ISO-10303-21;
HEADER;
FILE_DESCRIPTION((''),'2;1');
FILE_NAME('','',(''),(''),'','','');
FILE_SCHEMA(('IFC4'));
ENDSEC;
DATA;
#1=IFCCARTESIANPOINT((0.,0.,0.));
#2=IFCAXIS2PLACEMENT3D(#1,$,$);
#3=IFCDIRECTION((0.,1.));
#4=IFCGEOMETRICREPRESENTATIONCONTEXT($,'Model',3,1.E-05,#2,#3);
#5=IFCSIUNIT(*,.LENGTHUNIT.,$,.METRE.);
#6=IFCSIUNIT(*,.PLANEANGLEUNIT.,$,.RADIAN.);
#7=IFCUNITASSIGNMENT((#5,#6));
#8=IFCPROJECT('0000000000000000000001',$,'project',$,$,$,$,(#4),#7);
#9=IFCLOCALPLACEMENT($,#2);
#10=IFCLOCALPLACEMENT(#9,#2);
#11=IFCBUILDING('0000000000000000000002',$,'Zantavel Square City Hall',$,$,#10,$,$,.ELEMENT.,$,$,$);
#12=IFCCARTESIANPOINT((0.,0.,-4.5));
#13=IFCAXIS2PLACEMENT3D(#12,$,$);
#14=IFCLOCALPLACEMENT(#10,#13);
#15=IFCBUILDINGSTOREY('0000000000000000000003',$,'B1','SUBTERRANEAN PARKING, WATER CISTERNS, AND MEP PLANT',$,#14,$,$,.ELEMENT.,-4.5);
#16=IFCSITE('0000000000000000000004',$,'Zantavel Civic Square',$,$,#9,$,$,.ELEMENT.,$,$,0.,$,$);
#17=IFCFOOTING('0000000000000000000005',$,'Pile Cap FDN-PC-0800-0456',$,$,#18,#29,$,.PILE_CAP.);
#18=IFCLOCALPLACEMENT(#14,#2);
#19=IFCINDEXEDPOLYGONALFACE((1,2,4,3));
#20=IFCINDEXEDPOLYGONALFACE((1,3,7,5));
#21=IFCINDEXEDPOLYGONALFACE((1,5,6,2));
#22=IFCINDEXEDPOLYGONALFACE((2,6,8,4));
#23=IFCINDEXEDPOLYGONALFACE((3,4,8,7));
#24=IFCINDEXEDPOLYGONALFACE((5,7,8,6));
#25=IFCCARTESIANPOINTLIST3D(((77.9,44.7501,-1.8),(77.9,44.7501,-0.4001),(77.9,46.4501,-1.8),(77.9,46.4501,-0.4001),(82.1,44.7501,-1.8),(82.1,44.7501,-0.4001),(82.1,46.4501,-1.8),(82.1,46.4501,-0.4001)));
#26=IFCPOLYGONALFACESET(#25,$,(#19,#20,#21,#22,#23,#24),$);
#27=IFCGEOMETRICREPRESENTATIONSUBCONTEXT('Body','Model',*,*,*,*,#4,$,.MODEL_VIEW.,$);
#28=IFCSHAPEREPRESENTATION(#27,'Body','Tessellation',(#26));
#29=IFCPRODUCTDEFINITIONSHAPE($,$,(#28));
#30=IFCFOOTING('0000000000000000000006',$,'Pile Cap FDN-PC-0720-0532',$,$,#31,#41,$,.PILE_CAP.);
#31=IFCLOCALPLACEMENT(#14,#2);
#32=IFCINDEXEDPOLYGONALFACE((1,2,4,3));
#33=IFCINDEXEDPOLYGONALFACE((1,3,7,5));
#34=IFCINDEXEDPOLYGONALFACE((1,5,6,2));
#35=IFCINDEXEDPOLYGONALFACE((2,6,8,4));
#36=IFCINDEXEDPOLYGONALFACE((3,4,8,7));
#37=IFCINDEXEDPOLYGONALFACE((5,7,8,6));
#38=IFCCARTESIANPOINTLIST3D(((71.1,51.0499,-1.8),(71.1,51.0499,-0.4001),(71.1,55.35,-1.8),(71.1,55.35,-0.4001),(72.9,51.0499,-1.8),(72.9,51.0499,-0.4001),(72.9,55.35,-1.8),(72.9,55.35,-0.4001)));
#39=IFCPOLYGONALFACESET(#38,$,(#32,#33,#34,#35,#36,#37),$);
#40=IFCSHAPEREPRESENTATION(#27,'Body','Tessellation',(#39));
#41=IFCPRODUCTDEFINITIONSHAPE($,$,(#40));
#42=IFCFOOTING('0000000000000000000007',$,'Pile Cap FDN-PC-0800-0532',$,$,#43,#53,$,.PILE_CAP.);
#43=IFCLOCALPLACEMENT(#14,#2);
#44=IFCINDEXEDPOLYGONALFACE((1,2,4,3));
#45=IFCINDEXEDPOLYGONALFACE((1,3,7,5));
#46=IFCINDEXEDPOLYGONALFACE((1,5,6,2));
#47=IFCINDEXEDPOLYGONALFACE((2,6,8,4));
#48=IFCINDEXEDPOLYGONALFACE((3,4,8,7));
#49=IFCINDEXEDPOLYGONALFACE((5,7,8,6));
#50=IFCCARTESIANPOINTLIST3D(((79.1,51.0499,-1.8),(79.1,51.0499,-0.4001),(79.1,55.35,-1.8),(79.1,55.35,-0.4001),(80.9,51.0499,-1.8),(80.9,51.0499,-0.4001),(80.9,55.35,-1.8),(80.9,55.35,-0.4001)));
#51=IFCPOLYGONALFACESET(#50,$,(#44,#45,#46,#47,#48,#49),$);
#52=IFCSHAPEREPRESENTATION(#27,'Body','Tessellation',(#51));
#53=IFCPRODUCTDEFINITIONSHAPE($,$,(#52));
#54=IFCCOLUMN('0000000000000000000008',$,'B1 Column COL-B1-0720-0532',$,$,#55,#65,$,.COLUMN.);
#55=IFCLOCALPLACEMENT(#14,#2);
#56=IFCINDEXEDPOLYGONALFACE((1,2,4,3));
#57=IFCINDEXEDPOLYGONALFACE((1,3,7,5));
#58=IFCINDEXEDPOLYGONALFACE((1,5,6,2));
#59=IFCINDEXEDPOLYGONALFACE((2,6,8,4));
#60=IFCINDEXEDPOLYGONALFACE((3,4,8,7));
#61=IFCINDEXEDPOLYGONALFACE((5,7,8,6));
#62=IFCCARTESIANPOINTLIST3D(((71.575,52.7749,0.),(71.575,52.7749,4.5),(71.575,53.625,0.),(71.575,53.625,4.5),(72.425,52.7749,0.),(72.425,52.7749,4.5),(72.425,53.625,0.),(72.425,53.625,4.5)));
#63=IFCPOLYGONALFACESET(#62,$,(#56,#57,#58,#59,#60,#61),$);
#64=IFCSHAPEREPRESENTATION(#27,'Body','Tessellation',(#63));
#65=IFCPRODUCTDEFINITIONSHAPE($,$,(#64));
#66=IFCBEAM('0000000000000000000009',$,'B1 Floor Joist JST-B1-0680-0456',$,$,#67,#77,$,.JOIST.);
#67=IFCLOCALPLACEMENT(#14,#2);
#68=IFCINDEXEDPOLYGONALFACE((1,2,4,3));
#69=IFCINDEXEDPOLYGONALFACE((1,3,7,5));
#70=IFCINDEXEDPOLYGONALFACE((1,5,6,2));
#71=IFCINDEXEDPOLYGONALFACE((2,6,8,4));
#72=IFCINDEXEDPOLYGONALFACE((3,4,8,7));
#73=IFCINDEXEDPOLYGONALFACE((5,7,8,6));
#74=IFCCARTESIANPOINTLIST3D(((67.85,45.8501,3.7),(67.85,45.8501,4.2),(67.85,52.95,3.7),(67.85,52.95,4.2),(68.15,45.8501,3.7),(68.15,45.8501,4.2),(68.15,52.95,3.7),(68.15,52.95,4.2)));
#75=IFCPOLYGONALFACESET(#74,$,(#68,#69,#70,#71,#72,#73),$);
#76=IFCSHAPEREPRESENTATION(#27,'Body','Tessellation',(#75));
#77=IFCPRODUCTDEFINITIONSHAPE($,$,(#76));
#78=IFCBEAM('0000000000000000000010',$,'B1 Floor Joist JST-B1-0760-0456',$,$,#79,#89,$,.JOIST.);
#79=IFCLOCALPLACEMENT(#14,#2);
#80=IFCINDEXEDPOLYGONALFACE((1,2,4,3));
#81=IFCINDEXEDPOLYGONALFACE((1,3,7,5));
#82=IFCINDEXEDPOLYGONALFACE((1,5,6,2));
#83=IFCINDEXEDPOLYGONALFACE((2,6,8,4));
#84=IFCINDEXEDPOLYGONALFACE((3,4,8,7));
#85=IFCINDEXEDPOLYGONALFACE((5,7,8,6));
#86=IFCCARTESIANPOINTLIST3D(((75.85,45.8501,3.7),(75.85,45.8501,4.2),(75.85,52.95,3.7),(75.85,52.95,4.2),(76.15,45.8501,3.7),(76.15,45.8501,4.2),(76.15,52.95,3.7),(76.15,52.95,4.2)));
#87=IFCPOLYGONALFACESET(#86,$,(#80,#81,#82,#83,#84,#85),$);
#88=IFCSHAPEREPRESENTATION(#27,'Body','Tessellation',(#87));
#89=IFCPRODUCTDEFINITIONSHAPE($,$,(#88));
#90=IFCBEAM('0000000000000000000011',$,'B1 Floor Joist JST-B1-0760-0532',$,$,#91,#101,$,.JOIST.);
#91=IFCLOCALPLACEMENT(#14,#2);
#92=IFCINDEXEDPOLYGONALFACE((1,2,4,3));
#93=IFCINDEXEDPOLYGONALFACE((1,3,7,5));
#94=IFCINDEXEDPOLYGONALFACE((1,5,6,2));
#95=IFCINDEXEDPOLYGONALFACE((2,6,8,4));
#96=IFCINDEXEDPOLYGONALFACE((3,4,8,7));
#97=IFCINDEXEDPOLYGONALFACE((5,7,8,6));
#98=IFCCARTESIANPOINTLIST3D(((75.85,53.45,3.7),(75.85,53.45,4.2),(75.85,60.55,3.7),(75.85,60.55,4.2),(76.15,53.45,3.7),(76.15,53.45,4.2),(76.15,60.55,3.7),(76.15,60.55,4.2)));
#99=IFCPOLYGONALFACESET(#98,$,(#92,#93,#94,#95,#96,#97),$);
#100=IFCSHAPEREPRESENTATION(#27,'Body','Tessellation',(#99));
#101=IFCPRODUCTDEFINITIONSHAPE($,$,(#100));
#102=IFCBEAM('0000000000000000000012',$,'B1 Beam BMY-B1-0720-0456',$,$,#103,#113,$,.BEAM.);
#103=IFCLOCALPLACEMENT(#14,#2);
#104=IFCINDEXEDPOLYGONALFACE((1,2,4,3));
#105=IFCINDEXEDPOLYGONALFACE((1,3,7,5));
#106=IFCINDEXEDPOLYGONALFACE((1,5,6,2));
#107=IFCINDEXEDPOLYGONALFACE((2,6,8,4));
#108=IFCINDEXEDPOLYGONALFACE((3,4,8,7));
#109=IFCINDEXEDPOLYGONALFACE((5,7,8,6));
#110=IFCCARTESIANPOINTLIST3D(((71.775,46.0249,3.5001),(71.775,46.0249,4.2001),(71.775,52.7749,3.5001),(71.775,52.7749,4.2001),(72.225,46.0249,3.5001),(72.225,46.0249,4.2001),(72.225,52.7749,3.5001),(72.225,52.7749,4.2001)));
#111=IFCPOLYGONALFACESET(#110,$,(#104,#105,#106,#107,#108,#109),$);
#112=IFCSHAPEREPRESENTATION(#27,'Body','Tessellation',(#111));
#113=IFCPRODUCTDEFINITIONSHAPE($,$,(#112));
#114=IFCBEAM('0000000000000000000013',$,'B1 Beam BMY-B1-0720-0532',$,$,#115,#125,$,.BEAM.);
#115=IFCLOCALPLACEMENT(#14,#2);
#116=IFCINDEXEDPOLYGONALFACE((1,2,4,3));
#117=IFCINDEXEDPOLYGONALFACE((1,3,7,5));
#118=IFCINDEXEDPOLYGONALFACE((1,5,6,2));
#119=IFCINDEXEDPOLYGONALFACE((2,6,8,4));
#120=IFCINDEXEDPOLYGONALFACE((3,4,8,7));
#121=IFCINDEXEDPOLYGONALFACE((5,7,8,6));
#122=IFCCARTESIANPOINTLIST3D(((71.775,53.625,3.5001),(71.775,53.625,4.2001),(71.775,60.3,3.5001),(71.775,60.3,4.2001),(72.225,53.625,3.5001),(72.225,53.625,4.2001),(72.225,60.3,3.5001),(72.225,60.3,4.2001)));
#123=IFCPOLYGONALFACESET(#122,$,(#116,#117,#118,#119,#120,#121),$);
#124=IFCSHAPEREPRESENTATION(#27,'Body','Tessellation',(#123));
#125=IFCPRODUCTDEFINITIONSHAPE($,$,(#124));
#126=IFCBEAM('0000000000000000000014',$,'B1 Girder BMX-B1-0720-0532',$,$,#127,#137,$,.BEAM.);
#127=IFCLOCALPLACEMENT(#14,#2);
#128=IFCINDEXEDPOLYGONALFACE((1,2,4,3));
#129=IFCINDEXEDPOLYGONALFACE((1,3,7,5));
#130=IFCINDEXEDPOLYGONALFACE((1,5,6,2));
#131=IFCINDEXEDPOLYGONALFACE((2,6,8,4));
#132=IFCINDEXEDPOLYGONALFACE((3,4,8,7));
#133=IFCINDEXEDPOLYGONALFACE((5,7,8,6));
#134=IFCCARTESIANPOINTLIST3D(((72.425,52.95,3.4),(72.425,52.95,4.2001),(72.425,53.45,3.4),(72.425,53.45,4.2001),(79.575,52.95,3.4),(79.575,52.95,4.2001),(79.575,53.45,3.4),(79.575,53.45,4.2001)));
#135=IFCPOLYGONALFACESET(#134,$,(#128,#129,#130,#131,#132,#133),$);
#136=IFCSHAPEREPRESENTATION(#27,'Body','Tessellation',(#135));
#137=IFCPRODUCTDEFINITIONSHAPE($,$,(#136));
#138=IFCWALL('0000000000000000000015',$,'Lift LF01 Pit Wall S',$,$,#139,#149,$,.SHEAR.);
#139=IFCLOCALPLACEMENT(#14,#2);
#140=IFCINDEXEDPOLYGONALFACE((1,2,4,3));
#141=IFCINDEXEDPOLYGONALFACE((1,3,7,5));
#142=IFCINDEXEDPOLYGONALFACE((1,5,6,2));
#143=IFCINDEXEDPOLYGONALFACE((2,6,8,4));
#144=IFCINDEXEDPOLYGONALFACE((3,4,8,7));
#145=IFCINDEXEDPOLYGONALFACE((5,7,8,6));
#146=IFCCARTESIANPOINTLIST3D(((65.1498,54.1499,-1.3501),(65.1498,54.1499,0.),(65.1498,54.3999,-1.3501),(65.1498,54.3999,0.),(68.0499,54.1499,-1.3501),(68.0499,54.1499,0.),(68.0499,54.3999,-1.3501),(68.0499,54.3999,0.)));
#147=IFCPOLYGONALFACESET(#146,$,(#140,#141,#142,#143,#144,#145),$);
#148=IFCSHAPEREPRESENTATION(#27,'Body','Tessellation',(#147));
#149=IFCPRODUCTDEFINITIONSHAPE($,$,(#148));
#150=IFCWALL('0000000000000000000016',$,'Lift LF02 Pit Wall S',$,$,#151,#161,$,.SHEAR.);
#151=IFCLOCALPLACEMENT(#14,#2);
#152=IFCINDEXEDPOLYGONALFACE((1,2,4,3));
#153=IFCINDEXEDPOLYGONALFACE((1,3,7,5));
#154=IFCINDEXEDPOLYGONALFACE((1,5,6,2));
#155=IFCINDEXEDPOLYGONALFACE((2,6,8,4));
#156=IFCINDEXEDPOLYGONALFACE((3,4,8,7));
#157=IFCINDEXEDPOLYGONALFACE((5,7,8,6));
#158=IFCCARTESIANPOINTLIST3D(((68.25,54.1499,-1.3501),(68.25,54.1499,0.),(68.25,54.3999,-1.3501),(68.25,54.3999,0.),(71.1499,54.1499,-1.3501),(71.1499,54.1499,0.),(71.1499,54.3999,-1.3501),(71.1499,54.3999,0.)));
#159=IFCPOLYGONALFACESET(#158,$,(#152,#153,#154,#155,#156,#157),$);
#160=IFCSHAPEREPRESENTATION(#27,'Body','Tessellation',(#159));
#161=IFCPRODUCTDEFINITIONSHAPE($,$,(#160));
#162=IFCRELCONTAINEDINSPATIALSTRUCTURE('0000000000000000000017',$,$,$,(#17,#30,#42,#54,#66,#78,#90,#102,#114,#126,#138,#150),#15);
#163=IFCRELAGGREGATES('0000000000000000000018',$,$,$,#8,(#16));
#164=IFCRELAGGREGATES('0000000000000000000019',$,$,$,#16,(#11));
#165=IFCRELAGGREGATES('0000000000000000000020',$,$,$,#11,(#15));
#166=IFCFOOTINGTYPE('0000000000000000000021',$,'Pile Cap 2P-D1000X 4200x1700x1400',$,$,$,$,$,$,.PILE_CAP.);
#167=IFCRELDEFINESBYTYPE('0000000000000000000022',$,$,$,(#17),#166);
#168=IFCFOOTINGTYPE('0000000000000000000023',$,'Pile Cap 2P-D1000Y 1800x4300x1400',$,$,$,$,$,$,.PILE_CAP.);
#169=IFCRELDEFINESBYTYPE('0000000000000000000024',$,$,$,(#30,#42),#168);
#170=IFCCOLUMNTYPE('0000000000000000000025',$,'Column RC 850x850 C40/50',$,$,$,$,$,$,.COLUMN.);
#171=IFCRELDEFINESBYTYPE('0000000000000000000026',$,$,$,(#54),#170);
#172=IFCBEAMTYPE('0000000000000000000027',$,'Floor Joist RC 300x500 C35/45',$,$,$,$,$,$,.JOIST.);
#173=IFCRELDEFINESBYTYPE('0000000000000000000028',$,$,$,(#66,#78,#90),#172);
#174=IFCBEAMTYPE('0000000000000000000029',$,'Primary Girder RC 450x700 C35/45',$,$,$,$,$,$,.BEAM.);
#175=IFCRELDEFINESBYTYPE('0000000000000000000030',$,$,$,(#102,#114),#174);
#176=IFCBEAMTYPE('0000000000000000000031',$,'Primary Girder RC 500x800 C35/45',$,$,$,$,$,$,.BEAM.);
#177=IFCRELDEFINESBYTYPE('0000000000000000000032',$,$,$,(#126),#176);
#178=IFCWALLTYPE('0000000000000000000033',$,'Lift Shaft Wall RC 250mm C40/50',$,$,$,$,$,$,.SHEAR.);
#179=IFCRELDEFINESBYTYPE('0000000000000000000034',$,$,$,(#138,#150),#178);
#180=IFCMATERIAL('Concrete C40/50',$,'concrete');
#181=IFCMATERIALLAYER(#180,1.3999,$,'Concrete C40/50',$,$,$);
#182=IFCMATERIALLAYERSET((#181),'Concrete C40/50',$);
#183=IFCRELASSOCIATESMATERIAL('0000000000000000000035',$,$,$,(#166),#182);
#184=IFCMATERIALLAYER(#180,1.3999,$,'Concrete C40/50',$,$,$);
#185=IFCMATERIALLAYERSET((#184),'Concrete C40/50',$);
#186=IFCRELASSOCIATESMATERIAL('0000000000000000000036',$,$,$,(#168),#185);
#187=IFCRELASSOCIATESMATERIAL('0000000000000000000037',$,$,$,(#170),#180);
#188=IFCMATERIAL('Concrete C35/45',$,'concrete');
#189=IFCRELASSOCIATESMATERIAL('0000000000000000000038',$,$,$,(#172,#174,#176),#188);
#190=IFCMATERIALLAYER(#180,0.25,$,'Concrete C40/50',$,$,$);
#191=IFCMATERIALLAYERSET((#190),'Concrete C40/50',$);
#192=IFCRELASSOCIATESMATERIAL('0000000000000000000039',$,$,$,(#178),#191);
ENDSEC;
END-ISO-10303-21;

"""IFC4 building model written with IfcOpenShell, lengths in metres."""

from ifc_helpers import new_model, si_unit, direction, frame, frame_2d, origin, origin_2d, place, context, subcontext, project, spatial, rectangle, extrude, material, layer, layer_set, material_profile, profile_set, type_object, element, save


model = new_model("IFC4")

# Units and contexts
model_context = context("Model", 3, precision=1e-05, world=origin(), true_north=direction((0.0, 1.0)))
body_context = subcontext(model_context, "Body", "Model", "MODEL_VIEW")
ifc_project = project(units=[si_unit("LENGTHUNIT", "METRE"), si_unit("PLANEANGLEUNIT", "RADIAN")], contexts=[model_context])

# Site, building, storey
site_placement = place(None, origin())
site = spatial("IfcSite", under=ifc_project, at=site_placement, Name="Zantavel Civic Square", CompositionType="ELEMENT", RefElevation=0.0)
building_placement = place(site_placement, origin())
building = spatial("IfcBuilding", under=site, at=building_placement, Name="Zantavel Square City Hall", CompositionType="ELEMENT")
storey_placement = place(building_placement, frame((0.0, 0.0, -4.5)))
storey = spatial("IfcBuildingStorey", under=building, at=storey_placement, Name="B1", Description="SUBTERRANEAN PARKING, WATER CISTERNS, AND MEP PLANT", CompositionType="ELEMENT", Elevation=-4.5)

# Shared definitions
ifc_material_1 = material(Name="Concrete C35/45", Category="concrete")

# Footings
ifc_material_2 = material(Name="Concrete C40/50", Category="concrete")
ifc_layer_1 = layer(ifc_material_2, 1.3999, Name="Concrete C40/50")
ifc_layer_set_1 = layer_set([ifc_layer_1], Name="Concrete C40/50")
footing_type_1 = type_object("IfcFootingType", Name="Pile Cap 2P-D1000X 4200x1700x1400", PredefinedType="PILE_CAP", material=ifc_layer_set_1)
footing_1_placement = place(storey_placement, frame((80.0, 45.6001, -1.8), z_axis=(0.0, 0.0, 1.0), x_axis=(1.0, 0.0, 0.0)))
element("IfcFooting", 1, at=footing_1_placement, inside=storey, type_object=footing_type_1, Name="Pile Cap FDN-PC-0800-0456", PredefinedType="PILE_CAP", context=body_context, shape_type="SweptSolid", body=[
    extrude(rectangle(XDim=4.2, YDim=1.7, at=origin_2d()), origin(), (0.0, 0.0, 1.0), 1.3999),
])
ifc_layer_2 = layer(ifc_material_2, 1.3999, Name="Concrete C40/50")
ifc_layer_set_2 = layer_set([ifc_layer_2], Name="Concrete C40/50")
footing_type_2 = type_object("IfcFootingType", Name="Pile Cap 2P-D1000Y 1800x4300x1400", PredefinedType="PILE_CAP", material=ifc_layer_set_2)
for number, where, z_axis, x_axis, name in (
    (2, (72.0, 53.2, -1.8), (0.0, 0.0, 1.0), (1.0, 0.0, 0.0), "Pile Cap FDN-PC-0720-0532"),
    (3, (80.0, 53.2, -1.8), (0.0, 0.0, 1.0), (1.0, 0.0, 0.0), "Pile Cap FDN-PC-0800-0532"),
):
    element("IfcFooting", number, at=place(storey_placement, frame(where, z_axis=z_axis, x_axis=x_axis)), inside=storey, type_object=footing_type_2, Name=name, PredefinedType="PILE_CAP", context=body_context, shape_type="SweptSolid", body=[
        extrude(rectangle(XDim=1.8, YDim=4.3, at=origin_2d()), origin(), (0.0, 0.0, 1.0), 1.3999),
    ])

# Column
ifc_material_profile_1 = material_profile(ifc_material_2, rectangle(XDim=0.8501, YDim=0.8501, at=origin_2d()), Name="RC 850x850")
ifc_profile_set_1 = profile_set([ifc_material_profile_1], Name="Concrete C40/50")
column_type = type_object("IfcColumnType", Name="Column RC 850x850 C40/50", PredefinedType="COLUMN", material=ifc_profile_set_1)
column_placement = place(storey_placement, frame((72.0, 53.2, 0.0), z_axis=(0.0, 0.0, 1.0), x_axis=(1.0, 0.0, 0.0)))
element("IfcColumn", 4, at=column_placement, inside=storey, type_object=column_type, Name="B1 Column COL-B1-0720-0532", PredefinedType="COLUMN", context=body_context, shape_type="SweptSolid", body=[
    extrude(rectangle(XDim=0.8501, YDim=0.8501, at=origin_2d()), origin(), (0.0, 0.0, 1.0), 4.5),
])

# Beams
ifc_material_profile_2 = material_profile(ifc_material_1, rectangle(XDim=0.3, YDim=0.5, at=origin_2d()), Name="RC 300x500")
ifc_profile_set_2 = profile_set([ifc_material_profile_2], Name="Concrete C35/45")
beam_type_1 = type_object("IfcBeamType", Name="Floor Joist RC 300x500 C35/45", PredefinedType="JOIST", material=ifc_profile_set_2)
for number, where, z_axis, x_axis, name in (
    (5, (68.0, 45.8501, 3.95), (0.0, 1.0, 0.0), (-1.0, 0.0, 0.0), "B1 Floor Joist JST-B1-0680-0456"),
    (6, (76.0, 45.8501, 3.95), (0.0, 1.0, 0.0), (-1.0, 0.0, 0.0), "B1 Floor Joist JST-B1-0760-0456"),
):
    element("IfcBeam", number, at=place(storey_placement, frame(where, z_axis=z_axis, x_axis=x_axis)), inside=storey, type_object=beam_type_1, Name=name, PredefinedType="JOIST", context=body_context, shape_type="SweptSolid", body=[
        extrude(rectangle(XDim=0.3, YDim=0.5, at=origin_2d()), origin(), (0.0, 0.0, 1.0), 7.0999),
    ])
beam_1_placement = place(storey_placement, frame((76.0, 53.45, 3.95), z_axis=(0.0, 1.0, 0.0), x_axis=(-1.0, 0.0, 0.0)))
element("IfcBeam", 7, at=beam_1_placement, inside=storey, type_object=beam_type_1, Name="B1 Floor Joist JST-B1-0760-0532", PredefinedType="JOIST", context=body_context, shape_type="SweptSolid", body=[
    extrude(rectangle(XDim=0.3, YDim=0.5, at=origin_2d()), origin(), (0.0, 0.0, 1.0), 7.1001),
])
ifc_material_profile_3 = material_profile(ifc_material_1, rectangle(XDim=0.45, YDim=0.7, at=origin_2d()), Name="RC 450x700")
ifc_profile_set_3 = profile_set([ifc_material_profile_3], Name="Concrete C35/45")
beam_type_2 = type_object("IfcBeamType", Name="Primary Girder RC 450x700 C35/45", PredefinedType="BEAM", material=ifc_profile_set_3)
beam_2_placement = place(storey_placement, frame((72.0, 46.0249, 3.8501), z_axis=(0.0, 1.0, 0.0), x_axis=(-1.0, 0.0, 0.0)))
element("IfcBeam", 8, at=beam_2_placement, inside=storey, type_object=beam_type_2, Name="B1 Beam BMY-B1-0720-0456", PredefinedType="BEAM", context=body_context, shape_type="SweptSolid", body=[
    extrude(rectangle(XDim=0.45, YDim=0.7, at=origin_2d()), origin(), (0.0, 0.0, 1.0), 6.75),
])
beam_3_placement = place(storey_placement, frame((72.0, 53.625, 3.8501), z_axis=(0.0, 1.0, 0.0), x_axis=(-1.0, 0.0, 0.0)))
element("IfcBeam", 9, at=beam_3_placement, inside=storey, type_object=beam_type_2, Name="B1 Beam BMY-B1-0720-0532", PredefinedType="BEAM", context=body_context, shape_type="SweptSolid", body=[
    extrude(rectangle(XDim=0.45, YDim=0.7, at=origin_2d()), origin(), (0.0, 0.0, 1.0), 6.675),
])
ifc_material_profile_4 = material_profile(ifc_material_1, rectangle(XDim=0.5, YDim=0.8, at=origin_2d()), Name="RC 500x800")
ifc_profile_set_4 = profile_set([ifc_material_profile_4], Name="Concrete C35/45")
beam_type_3 = type_object("IfcBeamType", Name="Primary Girder RC 500x800 C35/45", PredefinedType="BEAM", material=ifc_profile_set_4)
beam_4_placement = place(storey_placement, frame((72.425, 53.2, 3.8), z_axis=(1.0, 0.0, 0.0), x_axis=(0.0, 1.0, 0.0)))
element("IfcBeam", 10, at=beam_4_placement, inside=storey, type_object=beam_type_3, Name="B1 Girder BMX-B1-0720-0532", PredefinedType="BEAM", context=body_context, shape_type="SweptSolid", body=[
    extrude(rectangle(XDim=0.5, YDim=0.8, at=origin_2d()), origin(), (0.0, 0.0, 1.0), 7.1499),
])

# Wall
ifc_layer_3 = layer(ifc_material_2, 0.25, Name="Concrete C40/50")
ifc_layer_set_3 = layer_set([ifc_layer_3], Name="Concrete C40/50")
wall_type = type_object("IfcWallType", Name="Lift Shaft Wall RC 250mm C40/50", PredefinedType="SHEAR", material=ifc_layer_set_3)
wall_1_placement = place(storey_placement, frame((68.05, 54.2749, -1.3501), z_axis=(0.0, 0.0, 1.0), x_axis=(-1.0, 0.0, 0.0)))
element("IfcWall", 11, at=wall_1_placement, inside=storey, type_object=wall_type, Name="Lift LF01 Pit Wall S", PredefinedType="SHEAR", context=body_context, shape_type="SweptSolid", body=[
    extrude(rectangle(XDim=2.9001, YDim=0.25, at=frame_2d((1.4502, 0.0))), origin(), (0.0, 0.0, 1.0), 1.3501),
])

# Wall
wall_2_placement = place(storey_placement, frame((71.1499, 54.2749, -1.3501), z_axis=(0.0, 0.0, 1.0), x_axis=(-1.0, 0.0, 0.0)))
element("IfcWall", 12, at=wall_2_placement, inside=storey, type_object=wall_type, Name="Lift LF02 Pit Wall S", PredefinedType="SHEAR", context=body_context, shape_type="SweptSolid", body=[
    extrude(rectangle(XDim=2.8999, YDim=0.25, at=frame_2d((1.45, 0.0))), origin(), (0.0, 0.0, 1.0), 1.3501),
])

save(model, "model.ifc")
